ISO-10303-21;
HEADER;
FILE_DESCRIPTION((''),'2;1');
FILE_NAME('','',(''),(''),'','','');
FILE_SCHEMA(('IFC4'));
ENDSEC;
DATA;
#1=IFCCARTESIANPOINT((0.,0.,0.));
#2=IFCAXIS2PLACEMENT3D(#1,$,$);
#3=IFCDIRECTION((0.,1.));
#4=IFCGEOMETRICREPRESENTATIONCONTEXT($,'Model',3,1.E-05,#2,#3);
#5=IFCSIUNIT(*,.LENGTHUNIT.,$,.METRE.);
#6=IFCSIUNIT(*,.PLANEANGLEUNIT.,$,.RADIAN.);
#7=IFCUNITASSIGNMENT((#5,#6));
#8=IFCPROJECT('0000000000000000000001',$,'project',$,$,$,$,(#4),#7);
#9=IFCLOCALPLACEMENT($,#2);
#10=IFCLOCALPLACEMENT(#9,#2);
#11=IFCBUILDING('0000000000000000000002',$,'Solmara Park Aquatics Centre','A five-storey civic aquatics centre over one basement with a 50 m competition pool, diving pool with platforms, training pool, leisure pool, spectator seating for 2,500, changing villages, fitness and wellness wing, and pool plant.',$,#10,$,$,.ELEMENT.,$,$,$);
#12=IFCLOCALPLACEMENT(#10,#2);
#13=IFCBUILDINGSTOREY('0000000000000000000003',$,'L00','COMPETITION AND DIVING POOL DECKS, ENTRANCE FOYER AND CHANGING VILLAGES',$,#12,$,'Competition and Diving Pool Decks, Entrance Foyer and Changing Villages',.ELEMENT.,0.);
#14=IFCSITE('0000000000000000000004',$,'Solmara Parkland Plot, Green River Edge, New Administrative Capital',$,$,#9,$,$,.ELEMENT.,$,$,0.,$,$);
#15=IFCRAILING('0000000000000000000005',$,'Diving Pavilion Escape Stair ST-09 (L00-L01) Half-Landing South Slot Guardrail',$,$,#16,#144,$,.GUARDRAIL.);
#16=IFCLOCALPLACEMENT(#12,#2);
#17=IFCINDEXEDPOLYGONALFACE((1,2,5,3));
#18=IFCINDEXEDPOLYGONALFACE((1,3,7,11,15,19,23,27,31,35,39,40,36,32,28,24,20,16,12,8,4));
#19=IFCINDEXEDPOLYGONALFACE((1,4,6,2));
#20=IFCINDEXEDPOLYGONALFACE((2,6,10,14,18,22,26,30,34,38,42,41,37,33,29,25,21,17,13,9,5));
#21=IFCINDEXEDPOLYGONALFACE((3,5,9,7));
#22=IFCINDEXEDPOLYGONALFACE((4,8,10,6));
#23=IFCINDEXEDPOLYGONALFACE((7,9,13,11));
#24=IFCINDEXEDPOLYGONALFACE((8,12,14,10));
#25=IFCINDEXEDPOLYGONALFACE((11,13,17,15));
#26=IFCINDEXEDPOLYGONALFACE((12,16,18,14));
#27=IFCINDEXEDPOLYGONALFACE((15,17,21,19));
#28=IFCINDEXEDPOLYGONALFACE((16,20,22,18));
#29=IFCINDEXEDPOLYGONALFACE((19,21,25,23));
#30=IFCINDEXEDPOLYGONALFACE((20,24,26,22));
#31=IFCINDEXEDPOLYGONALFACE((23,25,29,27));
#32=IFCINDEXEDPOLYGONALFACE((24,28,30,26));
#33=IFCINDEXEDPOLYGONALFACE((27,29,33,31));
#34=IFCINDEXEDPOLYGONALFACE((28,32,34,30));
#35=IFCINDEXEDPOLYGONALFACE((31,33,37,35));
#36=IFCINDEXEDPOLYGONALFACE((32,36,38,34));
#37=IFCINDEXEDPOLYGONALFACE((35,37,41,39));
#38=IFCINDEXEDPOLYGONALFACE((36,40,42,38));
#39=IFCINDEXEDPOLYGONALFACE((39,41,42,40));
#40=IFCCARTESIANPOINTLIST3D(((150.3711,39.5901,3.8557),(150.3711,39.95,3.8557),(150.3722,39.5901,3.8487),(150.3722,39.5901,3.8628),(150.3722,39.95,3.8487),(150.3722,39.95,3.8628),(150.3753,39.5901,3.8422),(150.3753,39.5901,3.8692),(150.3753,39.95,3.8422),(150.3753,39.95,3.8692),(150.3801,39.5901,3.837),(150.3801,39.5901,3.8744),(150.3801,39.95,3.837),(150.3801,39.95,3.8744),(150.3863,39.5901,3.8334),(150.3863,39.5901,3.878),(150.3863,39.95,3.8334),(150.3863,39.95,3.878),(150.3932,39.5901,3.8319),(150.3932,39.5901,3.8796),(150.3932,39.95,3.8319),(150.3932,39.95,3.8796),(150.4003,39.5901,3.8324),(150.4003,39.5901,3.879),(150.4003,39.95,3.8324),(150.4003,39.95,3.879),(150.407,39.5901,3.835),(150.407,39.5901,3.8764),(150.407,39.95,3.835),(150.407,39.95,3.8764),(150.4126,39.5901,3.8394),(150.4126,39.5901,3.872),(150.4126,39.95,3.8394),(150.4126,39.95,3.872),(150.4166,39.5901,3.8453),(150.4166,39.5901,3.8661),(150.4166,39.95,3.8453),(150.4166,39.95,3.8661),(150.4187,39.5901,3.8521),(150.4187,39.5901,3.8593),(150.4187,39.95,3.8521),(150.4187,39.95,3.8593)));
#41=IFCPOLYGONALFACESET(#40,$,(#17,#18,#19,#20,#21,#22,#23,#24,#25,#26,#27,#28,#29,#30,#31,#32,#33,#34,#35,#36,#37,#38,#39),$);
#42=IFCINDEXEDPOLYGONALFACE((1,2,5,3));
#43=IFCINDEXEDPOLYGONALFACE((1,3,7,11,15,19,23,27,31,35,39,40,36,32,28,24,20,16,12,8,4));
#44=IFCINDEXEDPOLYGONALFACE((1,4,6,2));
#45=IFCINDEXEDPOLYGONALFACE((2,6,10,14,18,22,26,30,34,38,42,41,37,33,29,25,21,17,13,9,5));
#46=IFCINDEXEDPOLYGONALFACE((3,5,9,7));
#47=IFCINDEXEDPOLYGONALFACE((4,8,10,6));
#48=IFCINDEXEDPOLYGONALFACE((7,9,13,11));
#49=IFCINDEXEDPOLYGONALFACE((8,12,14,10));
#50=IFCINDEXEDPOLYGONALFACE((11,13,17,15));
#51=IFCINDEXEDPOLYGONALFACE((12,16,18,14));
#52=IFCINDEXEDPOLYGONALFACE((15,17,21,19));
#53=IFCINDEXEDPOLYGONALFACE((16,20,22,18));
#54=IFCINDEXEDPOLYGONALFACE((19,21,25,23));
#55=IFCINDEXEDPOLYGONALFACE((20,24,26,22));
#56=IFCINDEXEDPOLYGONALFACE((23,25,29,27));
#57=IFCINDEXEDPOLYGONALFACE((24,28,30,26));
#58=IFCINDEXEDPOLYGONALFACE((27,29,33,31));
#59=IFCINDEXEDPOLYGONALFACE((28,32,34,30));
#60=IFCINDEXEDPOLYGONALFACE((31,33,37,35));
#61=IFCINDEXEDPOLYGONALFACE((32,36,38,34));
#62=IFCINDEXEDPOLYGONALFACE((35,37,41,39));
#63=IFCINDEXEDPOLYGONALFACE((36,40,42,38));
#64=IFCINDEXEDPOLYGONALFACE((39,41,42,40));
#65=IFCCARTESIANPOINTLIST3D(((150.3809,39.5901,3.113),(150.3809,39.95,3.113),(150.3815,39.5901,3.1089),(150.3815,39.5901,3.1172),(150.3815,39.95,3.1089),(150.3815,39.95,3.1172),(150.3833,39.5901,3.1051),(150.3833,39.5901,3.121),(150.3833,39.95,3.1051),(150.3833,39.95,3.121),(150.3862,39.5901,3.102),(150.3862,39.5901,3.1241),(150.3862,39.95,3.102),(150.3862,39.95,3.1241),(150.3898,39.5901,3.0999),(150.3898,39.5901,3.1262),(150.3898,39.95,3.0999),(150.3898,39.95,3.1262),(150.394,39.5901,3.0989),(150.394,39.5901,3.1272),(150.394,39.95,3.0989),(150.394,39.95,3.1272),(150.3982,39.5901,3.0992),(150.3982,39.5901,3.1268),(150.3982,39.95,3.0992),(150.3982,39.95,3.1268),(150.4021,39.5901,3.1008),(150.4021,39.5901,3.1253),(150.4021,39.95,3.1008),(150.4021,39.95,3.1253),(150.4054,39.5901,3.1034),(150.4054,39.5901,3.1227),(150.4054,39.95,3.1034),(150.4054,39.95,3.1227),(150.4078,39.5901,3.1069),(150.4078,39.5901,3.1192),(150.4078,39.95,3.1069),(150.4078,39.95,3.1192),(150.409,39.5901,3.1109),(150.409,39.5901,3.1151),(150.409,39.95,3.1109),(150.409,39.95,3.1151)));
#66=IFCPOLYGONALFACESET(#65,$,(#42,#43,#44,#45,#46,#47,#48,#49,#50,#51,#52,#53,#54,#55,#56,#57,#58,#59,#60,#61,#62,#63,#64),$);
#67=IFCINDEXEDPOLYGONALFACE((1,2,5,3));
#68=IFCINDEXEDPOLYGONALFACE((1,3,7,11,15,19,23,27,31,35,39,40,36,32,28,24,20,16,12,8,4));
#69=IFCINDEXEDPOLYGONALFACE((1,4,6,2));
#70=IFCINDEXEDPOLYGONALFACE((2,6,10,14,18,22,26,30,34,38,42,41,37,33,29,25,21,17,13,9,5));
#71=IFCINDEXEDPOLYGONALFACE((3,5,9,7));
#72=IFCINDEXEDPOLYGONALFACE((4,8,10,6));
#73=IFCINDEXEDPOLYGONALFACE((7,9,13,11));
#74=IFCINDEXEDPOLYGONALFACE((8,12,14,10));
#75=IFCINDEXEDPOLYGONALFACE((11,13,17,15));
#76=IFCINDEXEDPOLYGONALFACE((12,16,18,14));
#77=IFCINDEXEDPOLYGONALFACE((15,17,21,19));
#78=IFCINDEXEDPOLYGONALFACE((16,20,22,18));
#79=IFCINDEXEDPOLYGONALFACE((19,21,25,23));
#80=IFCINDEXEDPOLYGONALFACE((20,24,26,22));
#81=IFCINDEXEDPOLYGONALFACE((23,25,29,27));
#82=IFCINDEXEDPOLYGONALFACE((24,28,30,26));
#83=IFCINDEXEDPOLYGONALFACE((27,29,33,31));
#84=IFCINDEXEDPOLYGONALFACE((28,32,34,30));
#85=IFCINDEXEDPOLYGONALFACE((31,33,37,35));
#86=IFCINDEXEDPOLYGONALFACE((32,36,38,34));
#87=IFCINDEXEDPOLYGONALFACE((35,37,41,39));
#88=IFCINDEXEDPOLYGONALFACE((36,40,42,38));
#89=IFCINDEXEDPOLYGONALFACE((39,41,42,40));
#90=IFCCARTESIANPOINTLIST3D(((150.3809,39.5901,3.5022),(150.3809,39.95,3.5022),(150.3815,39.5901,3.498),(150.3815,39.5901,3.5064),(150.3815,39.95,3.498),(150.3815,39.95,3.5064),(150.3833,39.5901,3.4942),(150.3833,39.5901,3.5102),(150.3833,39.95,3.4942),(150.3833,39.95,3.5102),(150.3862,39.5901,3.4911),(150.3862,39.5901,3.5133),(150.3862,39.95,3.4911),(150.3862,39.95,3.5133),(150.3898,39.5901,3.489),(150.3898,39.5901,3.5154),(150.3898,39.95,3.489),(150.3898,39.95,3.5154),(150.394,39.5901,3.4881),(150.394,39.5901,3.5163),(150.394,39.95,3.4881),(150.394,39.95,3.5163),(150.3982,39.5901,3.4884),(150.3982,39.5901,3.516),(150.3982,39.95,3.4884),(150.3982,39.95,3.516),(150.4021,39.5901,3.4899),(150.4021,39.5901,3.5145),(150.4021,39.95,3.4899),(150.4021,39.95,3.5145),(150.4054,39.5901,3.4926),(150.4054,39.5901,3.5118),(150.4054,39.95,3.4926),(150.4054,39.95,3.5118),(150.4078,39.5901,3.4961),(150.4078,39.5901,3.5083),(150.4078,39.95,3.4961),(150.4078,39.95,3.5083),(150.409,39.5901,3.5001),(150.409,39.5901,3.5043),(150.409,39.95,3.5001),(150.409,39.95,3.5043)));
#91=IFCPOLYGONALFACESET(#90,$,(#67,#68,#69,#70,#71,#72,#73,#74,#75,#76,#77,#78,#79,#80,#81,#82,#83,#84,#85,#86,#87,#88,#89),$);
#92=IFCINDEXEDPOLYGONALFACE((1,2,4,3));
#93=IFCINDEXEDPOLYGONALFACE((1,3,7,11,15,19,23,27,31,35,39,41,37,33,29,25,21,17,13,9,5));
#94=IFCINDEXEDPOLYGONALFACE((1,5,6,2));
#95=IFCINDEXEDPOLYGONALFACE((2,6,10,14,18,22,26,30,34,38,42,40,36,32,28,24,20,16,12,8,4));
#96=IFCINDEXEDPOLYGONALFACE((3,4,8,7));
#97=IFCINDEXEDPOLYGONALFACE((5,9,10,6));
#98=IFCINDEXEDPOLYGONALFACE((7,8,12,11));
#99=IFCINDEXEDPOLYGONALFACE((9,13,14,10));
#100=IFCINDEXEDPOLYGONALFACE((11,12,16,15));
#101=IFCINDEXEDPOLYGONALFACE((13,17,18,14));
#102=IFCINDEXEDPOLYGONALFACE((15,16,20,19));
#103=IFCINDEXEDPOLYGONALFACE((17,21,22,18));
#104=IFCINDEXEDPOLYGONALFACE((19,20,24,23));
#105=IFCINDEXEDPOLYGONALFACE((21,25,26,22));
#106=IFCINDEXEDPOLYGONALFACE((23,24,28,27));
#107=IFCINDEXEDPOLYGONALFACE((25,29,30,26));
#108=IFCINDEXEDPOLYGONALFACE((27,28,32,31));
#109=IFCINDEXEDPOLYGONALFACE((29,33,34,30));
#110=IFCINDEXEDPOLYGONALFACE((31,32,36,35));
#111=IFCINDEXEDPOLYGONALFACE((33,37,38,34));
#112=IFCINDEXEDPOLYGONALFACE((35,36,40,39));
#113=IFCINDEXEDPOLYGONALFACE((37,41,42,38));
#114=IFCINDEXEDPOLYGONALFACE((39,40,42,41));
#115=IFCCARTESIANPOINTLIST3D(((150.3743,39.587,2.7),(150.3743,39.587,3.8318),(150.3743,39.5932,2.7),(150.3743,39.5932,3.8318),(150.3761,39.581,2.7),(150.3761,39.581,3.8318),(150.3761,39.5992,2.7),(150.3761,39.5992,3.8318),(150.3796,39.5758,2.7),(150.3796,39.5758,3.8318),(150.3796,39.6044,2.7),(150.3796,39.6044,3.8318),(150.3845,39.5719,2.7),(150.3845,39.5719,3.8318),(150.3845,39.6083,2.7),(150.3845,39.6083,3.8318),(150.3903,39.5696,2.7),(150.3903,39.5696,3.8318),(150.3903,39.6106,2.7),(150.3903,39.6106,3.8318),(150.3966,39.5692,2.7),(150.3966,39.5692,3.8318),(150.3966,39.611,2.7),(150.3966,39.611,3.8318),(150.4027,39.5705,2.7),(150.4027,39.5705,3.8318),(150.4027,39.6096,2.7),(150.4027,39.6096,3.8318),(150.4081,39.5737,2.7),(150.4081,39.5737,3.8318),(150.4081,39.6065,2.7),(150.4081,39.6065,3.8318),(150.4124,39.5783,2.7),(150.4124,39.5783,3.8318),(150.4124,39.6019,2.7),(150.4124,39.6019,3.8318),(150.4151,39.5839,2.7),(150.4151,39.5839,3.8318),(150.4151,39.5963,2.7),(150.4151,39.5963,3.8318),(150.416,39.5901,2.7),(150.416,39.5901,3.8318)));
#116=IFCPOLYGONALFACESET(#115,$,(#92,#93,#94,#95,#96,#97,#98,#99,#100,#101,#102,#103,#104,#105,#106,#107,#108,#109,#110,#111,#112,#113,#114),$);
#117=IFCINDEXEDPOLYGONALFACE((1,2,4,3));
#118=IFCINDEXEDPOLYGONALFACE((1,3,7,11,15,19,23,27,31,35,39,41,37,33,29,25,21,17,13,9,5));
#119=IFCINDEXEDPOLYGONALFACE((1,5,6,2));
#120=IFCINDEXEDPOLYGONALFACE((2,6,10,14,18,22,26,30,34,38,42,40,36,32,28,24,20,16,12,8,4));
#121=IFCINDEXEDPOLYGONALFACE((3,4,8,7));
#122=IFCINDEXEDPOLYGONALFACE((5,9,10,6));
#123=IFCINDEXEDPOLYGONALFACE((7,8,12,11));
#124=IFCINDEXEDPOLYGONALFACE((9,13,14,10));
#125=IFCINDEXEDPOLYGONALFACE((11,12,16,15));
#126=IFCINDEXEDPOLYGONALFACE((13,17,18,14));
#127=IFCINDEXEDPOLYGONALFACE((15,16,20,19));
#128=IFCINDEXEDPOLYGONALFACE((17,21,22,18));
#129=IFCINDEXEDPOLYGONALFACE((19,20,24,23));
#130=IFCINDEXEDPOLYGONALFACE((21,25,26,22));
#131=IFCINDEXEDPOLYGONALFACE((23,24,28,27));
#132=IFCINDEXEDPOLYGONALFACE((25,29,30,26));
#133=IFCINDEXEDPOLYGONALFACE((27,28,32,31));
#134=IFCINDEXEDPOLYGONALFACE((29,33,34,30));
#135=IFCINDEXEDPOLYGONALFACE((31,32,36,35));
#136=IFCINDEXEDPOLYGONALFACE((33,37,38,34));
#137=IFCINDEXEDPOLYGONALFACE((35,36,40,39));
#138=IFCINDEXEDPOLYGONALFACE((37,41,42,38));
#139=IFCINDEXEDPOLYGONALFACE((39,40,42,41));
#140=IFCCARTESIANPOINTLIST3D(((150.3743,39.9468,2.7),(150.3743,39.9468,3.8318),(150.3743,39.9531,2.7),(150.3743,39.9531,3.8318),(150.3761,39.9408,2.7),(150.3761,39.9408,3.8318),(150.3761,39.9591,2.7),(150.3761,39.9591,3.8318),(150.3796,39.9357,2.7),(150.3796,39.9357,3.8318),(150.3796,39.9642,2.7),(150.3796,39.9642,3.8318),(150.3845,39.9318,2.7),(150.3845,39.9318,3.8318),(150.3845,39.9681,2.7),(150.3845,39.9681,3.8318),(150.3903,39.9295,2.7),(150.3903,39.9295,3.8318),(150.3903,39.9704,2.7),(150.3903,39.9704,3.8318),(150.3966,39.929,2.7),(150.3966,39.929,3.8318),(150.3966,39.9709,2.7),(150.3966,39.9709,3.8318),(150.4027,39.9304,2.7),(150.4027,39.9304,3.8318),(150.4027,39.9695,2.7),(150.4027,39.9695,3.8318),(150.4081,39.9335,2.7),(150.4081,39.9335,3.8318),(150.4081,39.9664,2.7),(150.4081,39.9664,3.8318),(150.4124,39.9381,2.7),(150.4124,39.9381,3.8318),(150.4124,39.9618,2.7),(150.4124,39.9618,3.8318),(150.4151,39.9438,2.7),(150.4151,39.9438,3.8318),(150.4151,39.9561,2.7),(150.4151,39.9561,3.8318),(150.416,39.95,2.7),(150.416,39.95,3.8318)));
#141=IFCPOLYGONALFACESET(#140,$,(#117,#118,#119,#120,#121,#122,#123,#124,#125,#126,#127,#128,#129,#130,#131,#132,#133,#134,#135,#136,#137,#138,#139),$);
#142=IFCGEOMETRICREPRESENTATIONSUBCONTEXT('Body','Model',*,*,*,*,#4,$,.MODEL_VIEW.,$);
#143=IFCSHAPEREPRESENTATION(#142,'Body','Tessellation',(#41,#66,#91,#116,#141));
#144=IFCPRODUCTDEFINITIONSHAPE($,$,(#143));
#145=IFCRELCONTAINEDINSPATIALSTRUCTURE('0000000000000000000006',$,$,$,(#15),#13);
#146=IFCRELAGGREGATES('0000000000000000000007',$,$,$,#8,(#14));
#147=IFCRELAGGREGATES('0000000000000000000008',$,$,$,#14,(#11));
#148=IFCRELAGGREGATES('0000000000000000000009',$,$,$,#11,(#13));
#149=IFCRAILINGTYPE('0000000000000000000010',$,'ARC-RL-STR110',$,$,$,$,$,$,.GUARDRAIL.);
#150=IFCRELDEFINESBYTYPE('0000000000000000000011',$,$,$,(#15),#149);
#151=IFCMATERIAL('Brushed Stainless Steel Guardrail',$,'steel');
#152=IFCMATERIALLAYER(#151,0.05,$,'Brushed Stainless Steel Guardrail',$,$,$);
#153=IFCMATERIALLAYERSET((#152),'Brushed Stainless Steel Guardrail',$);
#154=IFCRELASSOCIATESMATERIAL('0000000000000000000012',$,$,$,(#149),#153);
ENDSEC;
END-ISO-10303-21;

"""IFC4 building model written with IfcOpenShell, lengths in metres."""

from ifc_helpers import new_model, si_unit, direction, frame, origin, origin_2d, place, context, subcontext, project, spatial, circle, extrude, material, layer, layer_set, type_object, element, save


model = new_model("IFC4")

# Units and contexts
model_context = context("Model", 3, precision=1e-05, world=origin(), true_north=direction((0.0, 1.0)))
body_context = subcontext(model_context, "Body", "Model", "MODEL_VIEW")
ifc_project = project(units=[si_unit("LENGTHUNIT", "METRE"), si_unit("PLANEANGLEUNIT", "RADIAN")], contexts=[model_context])

# Site, building, storey
site_placement = place(None, origin())
site = spatial("IfcSite", under=ifc_project, at=site_placement, Name="Solmara Parkland Plot, Green River Edge, New Administrative Capital", CompositionType="ELEMENT", RefElevation=0.0)
building_placement = place(site_placement, origin())
building = spatial("IfcBuilding", under=site, at=building_placement, Name="Solmara Park Aquatics Centre", Description="A five-storey civic aquatics centre over one basement with a 50 m competition pool, diving pool with platforms, training pool, leisure pool, spectator seating for 2,500, changing villages, fitness and wellness wing, and pool plant.", CompositionType="ELEMENT")
storey_placement = place(building_placement, origin())
storey = spatial("IfcBuildingStorey", under=building, at=storey_placement, Name="L00", Description="COMPETITION AND DIVING POOL DECKS, ENTRANCE FOYER AND CHANGING VILLAGES", LongName="Competition and Diving Pool Decks, Entrance Foyer and Changing Villages", CompositionType="ELEMENT", Elevation=0.0)

# Railing
ifc_material_1 = material(Name="Brushed Stainless Steel Guardrail", Category="steel")
ifc_layer_1 = layer(ifc_material_1, 0.05, Name="Brushed Stainless Steel Guardrail")
ifc_layer_set_1 = layer_set([ifc_layer_1], Name="Brushed Stainless Steel Guardrail")
railing_type = type_object("IfcRailingType", Name="ARC-RL-STR110", PredefinedType="GUARDRAIL", material=ifc_layer_set_1)
railing_1_placement = place(storey_placement, frame((150.395, 39.5901, 2.7)))
element("IfcRailing", 1, at=railing_1_placement, inside=storey, type_object=railing_type, Name="Diving Pavilion Escape Stair ST-09 (L00-L01) Half-Landing South Slot Guardrail", PredefinedType="GUARDRAIL", context=body_context, shape_type="SweptSolid", body=[
    extrude(circle(Radius=0.0239, at=origin_2d()), frame((0.0, 0.0, 1.1558), z_axis=(0.0, 1.0, 0.0), x_axis=(-1.0, 0.0, 0.0)), (0.0, 0.0, 1.0), 0.3599),
    extrude(circle(Radius=0.0142, at=origin_2d()), frame((0.0, 0.0, 0.4131), z_axis=(0.0, 1.0, 0.0), x_axis=(-1.0, 0.0, 0.0)), (0.0, 0.0, 1.0), 0.3599),
    extrude(circle(Radius=0.0142, at=origin_2d()), frame((0.0, 0.0, 0.8022), z_axis=(0.0, 1.0, 0.0), x_axis=(-1.0, 0.0, 0.0)), (0.0, 0.0, 1.0), 0.3599),
    extrude(circle(Radius=0.021, at=origin_2d()), origin(), (0.0, 0.0, 1.0), 1.1318),
    extrude(circle(Radius=0.021, at=origin_2d()), frame((0.0, 0.3599, 0.0)), (0.0, 0.0, 1.0), 1.1318),
])

save(model, "model.ifc")
